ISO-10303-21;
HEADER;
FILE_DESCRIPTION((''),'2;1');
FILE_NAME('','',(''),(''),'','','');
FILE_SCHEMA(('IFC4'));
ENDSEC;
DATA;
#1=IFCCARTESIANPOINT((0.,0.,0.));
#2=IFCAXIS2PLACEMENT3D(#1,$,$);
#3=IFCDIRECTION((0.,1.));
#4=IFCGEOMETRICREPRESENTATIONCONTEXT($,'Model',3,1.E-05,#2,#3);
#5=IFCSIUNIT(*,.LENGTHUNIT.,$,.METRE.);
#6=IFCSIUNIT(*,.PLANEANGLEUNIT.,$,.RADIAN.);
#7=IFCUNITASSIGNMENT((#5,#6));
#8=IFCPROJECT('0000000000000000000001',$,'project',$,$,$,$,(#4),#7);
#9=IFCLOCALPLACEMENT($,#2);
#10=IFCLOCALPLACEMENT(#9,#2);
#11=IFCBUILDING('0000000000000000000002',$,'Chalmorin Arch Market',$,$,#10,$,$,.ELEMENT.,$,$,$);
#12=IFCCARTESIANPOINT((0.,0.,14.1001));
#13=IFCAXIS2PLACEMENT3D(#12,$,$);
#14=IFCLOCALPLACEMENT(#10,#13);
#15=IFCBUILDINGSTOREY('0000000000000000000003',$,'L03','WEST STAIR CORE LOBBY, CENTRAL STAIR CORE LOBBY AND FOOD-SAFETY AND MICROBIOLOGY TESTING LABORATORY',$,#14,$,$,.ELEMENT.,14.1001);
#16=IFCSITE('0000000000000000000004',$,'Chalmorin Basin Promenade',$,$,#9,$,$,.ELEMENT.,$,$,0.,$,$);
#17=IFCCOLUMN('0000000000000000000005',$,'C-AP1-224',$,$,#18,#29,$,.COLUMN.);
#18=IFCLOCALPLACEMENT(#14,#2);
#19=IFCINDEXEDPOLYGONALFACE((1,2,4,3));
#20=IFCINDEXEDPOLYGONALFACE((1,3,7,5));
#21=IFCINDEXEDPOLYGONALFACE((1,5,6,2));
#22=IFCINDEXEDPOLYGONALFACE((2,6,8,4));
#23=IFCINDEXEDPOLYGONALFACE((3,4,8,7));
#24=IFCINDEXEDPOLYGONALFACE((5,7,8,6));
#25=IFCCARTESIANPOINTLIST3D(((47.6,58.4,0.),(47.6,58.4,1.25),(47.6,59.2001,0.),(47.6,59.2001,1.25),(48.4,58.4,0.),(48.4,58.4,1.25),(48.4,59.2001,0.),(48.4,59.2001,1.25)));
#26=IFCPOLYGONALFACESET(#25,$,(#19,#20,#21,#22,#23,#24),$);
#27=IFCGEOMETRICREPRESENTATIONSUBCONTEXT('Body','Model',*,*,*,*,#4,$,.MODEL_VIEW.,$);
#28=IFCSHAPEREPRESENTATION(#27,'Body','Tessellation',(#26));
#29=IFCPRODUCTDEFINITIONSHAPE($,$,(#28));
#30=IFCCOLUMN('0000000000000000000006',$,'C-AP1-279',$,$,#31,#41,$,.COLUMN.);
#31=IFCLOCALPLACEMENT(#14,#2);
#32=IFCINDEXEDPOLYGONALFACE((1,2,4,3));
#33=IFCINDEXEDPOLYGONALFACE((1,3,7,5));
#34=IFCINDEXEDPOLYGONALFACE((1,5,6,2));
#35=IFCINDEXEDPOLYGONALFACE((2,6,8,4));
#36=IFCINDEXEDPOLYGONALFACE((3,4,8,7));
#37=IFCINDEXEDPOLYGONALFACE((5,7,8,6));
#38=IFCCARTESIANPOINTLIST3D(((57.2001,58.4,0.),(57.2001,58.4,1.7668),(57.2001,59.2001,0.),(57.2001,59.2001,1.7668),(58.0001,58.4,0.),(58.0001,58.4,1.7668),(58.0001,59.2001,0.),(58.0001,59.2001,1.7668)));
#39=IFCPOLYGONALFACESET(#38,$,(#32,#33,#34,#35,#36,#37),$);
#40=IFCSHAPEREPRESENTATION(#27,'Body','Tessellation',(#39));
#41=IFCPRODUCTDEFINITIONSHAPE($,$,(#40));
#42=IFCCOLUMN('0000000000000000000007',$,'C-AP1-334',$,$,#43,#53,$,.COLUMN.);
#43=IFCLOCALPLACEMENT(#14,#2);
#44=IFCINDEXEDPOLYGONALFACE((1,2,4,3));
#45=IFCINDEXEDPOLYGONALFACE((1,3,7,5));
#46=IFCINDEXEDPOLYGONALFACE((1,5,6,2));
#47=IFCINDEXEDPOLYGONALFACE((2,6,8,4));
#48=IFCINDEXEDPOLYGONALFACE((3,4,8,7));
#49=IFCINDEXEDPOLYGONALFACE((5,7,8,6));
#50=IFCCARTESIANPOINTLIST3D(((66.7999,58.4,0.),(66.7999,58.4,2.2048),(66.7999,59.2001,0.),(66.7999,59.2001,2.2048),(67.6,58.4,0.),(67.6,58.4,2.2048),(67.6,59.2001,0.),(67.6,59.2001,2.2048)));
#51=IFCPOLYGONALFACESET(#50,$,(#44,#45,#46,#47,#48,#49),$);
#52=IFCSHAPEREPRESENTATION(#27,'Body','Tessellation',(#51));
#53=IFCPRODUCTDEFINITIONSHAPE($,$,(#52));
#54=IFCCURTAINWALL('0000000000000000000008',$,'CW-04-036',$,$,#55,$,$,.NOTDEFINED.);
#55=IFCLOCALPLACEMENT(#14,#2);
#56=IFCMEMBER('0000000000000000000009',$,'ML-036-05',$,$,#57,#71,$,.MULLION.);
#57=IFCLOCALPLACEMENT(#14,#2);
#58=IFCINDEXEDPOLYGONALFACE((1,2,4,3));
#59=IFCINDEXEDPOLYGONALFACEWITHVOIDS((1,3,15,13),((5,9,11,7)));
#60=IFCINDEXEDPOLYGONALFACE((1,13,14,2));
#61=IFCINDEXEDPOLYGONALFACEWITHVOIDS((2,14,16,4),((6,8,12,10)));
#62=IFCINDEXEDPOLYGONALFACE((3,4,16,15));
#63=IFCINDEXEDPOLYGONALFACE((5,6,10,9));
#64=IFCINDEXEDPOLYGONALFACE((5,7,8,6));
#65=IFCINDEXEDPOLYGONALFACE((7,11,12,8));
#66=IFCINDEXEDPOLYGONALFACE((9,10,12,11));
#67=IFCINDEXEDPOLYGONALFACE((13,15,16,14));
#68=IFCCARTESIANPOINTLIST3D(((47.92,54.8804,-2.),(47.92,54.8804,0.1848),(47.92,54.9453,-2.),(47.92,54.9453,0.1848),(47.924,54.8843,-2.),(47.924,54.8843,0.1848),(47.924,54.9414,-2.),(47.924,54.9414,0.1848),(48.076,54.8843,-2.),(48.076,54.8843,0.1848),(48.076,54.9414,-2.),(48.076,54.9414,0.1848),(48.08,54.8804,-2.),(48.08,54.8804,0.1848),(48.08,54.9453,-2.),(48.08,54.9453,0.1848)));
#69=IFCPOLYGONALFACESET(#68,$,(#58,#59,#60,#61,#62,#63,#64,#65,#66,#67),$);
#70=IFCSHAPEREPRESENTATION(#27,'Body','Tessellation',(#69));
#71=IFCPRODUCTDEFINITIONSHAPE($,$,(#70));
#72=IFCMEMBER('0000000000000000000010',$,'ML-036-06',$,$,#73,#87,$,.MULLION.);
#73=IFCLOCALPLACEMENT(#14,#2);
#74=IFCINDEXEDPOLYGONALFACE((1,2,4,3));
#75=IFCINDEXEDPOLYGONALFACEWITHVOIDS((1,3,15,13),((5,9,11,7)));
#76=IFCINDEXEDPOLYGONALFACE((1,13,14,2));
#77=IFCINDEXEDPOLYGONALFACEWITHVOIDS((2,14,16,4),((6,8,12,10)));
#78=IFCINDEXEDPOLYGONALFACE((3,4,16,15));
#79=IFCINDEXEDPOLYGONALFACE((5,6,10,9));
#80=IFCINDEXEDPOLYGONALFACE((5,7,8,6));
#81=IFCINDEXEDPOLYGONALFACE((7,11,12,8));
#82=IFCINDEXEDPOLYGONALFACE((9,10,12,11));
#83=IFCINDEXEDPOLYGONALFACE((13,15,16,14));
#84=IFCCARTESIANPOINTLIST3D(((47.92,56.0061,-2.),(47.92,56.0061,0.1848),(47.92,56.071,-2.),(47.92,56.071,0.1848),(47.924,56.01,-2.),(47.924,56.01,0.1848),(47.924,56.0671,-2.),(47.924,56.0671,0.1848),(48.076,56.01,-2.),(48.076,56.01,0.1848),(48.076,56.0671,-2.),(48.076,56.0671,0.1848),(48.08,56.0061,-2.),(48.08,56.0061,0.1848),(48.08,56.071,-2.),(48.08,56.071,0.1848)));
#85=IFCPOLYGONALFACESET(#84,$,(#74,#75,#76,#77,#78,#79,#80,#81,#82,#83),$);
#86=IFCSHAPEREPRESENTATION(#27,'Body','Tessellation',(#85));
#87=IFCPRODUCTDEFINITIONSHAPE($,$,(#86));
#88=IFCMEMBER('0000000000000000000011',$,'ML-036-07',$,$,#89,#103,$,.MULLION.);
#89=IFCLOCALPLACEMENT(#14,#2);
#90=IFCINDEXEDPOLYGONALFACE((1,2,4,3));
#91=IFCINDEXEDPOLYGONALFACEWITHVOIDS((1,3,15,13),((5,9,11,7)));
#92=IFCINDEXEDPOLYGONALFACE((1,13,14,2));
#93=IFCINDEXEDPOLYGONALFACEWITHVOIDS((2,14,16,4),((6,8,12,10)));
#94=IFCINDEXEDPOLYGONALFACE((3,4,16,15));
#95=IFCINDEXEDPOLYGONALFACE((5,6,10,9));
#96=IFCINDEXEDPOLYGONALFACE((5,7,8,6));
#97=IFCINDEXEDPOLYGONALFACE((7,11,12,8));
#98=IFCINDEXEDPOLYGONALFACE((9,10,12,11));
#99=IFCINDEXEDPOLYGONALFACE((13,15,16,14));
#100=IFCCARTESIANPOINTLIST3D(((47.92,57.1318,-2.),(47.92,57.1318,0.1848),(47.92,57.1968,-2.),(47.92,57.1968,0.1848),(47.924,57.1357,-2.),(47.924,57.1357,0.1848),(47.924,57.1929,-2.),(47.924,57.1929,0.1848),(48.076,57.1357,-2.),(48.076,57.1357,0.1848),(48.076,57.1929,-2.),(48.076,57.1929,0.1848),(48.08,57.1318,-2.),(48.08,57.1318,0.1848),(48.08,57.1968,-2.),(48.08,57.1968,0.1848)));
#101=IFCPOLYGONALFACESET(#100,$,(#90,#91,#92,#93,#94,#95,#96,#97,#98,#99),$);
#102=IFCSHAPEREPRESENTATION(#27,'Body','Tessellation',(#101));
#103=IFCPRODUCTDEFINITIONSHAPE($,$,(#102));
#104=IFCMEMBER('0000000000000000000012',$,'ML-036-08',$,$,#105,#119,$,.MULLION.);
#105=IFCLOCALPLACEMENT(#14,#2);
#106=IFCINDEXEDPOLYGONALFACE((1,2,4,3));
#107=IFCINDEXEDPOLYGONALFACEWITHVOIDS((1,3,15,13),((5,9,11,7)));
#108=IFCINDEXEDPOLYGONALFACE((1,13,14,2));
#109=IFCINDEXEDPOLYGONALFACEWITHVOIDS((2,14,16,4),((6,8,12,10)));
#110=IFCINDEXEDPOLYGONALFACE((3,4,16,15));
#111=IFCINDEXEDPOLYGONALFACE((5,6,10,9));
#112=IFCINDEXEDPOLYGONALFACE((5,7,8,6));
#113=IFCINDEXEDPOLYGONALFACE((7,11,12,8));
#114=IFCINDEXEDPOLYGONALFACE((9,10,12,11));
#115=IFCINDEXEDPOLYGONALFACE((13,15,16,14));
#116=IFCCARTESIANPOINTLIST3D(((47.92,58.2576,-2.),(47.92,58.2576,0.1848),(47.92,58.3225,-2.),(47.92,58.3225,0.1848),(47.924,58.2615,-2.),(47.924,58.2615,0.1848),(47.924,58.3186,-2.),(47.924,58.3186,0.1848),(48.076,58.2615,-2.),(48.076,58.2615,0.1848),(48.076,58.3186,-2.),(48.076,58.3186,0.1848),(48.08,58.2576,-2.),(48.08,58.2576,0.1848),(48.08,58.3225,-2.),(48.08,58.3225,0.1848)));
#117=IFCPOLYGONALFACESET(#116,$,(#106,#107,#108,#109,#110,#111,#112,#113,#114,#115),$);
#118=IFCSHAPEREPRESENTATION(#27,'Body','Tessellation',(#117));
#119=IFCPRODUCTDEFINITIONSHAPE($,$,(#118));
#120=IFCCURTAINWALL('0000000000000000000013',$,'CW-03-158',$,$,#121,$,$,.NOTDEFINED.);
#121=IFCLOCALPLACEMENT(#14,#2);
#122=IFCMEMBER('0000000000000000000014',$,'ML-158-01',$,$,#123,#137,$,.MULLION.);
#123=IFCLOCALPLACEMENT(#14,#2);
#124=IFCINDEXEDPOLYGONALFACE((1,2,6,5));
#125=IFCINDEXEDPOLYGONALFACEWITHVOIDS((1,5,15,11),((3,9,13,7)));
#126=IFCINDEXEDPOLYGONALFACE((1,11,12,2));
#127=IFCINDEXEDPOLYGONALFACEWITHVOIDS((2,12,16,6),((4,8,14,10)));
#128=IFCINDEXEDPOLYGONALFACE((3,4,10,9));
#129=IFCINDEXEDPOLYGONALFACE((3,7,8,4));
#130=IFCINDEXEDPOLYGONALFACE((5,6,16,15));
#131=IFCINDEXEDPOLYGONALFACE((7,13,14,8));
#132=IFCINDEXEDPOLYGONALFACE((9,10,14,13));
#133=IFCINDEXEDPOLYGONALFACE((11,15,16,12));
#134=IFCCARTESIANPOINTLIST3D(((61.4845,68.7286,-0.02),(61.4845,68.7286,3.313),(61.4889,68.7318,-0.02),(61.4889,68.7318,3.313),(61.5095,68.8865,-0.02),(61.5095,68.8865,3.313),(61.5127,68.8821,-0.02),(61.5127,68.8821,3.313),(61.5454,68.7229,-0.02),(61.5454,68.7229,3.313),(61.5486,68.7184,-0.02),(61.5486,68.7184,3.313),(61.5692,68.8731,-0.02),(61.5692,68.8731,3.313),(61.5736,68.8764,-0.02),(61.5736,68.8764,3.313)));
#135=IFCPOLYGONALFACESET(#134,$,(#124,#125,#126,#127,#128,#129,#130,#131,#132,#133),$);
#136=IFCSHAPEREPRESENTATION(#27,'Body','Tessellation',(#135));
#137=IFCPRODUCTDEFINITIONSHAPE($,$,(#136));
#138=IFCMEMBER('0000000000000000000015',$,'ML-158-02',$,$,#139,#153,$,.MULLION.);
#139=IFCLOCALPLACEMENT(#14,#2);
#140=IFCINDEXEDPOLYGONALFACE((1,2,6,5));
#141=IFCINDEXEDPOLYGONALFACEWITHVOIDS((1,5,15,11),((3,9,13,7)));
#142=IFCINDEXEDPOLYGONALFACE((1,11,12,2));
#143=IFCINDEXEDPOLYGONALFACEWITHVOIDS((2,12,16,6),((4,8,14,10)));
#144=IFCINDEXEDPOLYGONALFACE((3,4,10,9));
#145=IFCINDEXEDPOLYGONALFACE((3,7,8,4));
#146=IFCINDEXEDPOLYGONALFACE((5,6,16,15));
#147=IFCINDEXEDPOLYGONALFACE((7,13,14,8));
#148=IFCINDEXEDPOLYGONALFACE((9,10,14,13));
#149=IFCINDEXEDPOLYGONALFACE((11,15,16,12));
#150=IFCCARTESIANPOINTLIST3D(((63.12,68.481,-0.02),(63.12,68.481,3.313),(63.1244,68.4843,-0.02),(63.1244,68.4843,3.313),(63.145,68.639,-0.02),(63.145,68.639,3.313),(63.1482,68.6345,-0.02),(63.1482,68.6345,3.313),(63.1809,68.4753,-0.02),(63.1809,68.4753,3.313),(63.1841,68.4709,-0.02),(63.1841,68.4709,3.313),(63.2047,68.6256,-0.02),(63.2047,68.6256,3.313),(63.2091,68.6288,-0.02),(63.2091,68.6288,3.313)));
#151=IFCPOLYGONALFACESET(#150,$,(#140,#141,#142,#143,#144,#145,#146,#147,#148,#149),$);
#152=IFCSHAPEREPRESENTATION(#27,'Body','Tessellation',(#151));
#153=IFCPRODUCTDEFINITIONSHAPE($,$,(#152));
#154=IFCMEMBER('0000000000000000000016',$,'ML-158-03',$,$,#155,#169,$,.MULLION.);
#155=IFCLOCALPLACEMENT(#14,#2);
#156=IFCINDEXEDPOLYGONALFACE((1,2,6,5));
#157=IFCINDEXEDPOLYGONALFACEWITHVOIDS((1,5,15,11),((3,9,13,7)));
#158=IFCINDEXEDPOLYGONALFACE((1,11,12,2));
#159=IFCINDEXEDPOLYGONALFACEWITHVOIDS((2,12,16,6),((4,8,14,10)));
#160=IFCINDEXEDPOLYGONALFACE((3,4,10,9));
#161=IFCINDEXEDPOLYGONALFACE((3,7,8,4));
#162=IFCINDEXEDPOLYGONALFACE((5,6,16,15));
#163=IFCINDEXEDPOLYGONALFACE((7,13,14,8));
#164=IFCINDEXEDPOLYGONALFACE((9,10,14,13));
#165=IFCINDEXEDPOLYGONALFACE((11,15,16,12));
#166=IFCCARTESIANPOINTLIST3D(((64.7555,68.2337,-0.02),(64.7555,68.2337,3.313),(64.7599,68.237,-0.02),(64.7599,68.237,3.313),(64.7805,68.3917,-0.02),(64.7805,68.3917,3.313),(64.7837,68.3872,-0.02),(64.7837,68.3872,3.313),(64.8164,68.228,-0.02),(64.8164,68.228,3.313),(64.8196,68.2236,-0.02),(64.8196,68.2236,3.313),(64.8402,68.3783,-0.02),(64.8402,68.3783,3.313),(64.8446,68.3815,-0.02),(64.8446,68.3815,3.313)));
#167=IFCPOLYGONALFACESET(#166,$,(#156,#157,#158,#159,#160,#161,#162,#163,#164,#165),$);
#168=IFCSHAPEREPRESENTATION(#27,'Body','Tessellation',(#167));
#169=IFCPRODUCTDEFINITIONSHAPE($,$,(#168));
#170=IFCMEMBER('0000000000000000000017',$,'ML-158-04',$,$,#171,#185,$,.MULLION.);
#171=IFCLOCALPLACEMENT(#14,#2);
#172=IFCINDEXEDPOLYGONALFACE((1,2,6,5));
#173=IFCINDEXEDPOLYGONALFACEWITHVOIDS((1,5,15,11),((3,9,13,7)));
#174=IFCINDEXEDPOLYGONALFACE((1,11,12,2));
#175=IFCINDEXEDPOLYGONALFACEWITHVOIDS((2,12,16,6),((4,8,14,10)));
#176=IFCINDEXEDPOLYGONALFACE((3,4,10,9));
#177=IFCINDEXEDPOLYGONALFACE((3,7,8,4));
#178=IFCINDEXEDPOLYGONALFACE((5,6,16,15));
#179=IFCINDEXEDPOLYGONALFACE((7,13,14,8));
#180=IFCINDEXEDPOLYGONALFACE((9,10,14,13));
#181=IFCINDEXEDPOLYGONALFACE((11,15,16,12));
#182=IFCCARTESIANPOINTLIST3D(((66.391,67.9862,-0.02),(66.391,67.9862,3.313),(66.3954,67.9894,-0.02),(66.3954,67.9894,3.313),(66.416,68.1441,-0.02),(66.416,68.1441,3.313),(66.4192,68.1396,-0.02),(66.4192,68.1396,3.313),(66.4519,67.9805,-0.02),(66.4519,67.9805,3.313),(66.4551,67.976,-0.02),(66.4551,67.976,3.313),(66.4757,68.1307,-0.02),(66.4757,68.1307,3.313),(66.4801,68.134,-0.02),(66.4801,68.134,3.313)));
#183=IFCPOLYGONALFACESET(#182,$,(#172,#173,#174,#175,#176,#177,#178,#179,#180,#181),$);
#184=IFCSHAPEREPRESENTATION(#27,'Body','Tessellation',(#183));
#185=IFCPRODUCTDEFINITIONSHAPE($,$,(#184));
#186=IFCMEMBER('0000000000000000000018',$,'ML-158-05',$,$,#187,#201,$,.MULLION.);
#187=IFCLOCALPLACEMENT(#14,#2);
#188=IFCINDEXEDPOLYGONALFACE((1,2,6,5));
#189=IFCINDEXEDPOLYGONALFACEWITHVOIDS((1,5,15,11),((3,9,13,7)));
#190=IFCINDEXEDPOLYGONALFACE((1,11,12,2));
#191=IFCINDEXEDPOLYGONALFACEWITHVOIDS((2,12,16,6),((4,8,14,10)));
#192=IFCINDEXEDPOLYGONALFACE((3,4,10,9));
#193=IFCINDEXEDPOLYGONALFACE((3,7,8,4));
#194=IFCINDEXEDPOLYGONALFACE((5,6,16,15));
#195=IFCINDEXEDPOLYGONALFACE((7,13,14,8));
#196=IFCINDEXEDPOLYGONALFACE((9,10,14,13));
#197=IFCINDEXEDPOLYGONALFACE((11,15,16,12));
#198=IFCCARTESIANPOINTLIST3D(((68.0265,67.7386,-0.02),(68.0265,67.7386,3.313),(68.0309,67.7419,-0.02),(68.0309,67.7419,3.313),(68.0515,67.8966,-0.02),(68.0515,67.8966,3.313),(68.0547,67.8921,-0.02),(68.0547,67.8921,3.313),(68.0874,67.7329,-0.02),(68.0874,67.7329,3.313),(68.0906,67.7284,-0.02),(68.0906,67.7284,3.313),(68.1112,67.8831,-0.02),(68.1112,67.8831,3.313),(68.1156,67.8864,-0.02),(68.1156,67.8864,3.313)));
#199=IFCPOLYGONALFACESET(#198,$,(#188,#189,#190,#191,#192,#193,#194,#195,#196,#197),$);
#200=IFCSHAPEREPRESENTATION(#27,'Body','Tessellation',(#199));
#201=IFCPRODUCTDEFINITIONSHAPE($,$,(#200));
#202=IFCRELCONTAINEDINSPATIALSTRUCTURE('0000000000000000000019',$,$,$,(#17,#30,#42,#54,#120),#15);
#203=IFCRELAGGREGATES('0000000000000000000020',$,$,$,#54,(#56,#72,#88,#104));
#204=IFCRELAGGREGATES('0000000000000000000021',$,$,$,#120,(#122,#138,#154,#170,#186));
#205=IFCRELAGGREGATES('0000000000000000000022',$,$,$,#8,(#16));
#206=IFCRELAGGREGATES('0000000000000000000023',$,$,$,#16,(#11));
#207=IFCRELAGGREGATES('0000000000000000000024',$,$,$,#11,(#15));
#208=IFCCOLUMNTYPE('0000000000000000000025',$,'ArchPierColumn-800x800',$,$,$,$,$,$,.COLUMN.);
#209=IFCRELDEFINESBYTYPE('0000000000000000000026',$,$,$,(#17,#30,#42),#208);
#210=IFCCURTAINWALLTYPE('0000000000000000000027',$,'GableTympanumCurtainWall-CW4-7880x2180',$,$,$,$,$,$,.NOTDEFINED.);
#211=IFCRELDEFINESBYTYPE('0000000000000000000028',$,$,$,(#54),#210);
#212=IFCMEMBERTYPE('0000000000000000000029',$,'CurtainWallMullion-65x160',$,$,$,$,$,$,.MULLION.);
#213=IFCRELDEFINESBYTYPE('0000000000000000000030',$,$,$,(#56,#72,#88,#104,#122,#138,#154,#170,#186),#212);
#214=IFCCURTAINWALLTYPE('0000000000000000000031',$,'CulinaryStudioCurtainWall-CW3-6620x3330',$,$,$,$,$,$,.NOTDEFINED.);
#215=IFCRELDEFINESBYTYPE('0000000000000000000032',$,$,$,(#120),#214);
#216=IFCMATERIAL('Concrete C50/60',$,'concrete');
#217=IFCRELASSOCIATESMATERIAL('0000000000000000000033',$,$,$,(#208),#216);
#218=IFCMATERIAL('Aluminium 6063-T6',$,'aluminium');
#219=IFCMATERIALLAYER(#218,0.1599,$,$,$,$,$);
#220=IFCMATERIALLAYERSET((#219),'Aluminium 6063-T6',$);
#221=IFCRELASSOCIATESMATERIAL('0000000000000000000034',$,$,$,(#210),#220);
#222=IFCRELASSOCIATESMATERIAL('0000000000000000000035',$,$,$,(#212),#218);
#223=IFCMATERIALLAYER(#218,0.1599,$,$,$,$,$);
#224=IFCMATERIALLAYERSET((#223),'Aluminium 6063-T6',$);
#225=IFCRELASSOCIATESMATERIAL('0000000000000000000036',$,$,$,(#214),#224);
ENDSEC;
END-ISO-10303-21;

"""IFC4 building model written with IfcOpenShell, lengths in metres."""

from ifc_helpers import new_model, si_unit, direction, frame, origin, origin_2d, place, context, subcontext, project, spatial, rectangle, hollow_rectangle, extrude, material, layer, layer_set, material_profile, profile_set, type_object, element, aggregate, save


model = new_model("IFC4")

# Units and contexts
model_context = context("Model", 3, precision=1e-05, world=origin(), true_north=direction((0.0, 1.0)))
body_context = subcontext(model_context, "Body", "Model", "MODEL_VIEW")
ifc_project = project(units=[si_unit("LENGTHUNIT", "METRE"), si_unit("PLANEANGLEUNIT", "RADIAN")], contexts=[model_context])

# Site, building, storey
site_placement = place(None, origin())
site = spatial("IfcSite", under=ifc_project, at=site_placement, Name="Chalmorin Basin Promenade", CompositionType="ELEMENT", RefElevation=0.0)
building_placement = place(site_placement, origin())
building = spatial("IfcBuilding", under=site, at=building_placement, Name="Chalmorin Arch Market", CompositionType="ELEMENT")
storey_placement = place(building_placement, frame((0.0, 0.0, 14.1001)))
storey = spatial("IfcBuildingStorey", under=building, at=storey_placement, Name="L03", Description="WEST STAIR CORE LOBBY, CENTRAL STAIR CORE LOBBY AND FOOD-SAFETY AND MICROBIOLOGY TESTING LABORATORY", CompositionType="ELEMENT", Elevation=14.1001)

# Columns
ifc_material_1 = material(Name="Concrete C50/60", Category="concrete")
ifc_material_profile_1 = material_profile(ifc_material_1, rectangle(XDim=0.8, YDim=0.8, at=origin_2d()), Name="RC800X800")
ifc_profile_set_1 = profile_set([ifc_material_profile_1], Name="Concrete C50/60")
column_type = type_object("IfcColumnType", Name="ArchPierColumn-800x800", PredefinedType="COLUMN", material=ifc_profile_set_1)
column_1_placement = place(storey_placement, frame((48.0, 58.8, 0.0), z_axis=(0.0, 0.0, 1.0), x_axis=(1.0, 0.0, 0.0)))
element("IfcColumn", 1, at=column_1_placement, inside=storey, type_object=column_type, Name="C-AP1-224", PredefinedType="COLUMN", context=body_context, shape_type="SweptSolid", body=[
    extrude(rectangle(XDim=0.8, YDim=0.8, at=origin_2d()), origin(), (0.0, 0.0, 1.0), 1.25),
])
column_2_placement = place(storey_placement, frame((57.6001, 58.8, 0.0), z_axis=(0.0, 0.0, 1.0), x_axis=(1.0, 0.0, 0.0)))
element("IfcColumn", 2, at=column_2_placement, inside=storey, type_object=column_type, Name="C-AP1-279", PredefinedType="COLUMN", context=body_context, shape_type="SweptSolid", body=[
    extrude(rectangle(XDim=0.8, YDim=0.8, at=origin_2d()), origin(), (0.0, 0.0, 1.0), 1.7668),
])
column_3_placement = place(storey_placement, frame((67.2, 58.8, 0.0), z_axis=(0.0, 0.0, 1.0), x_axis=(1.0, 0.0, 0.0)))
element("IfcColumn", 3, at=column_3_placement, inside=storey, type_object=column_type, Name="C-AP1-334", PredefinedType="COLUMN", context=body_context, shape_type="SweptSolid", body=[
    extrude(rectangle(XDim=0.8, YDim=0.8, at=origin_2d()), origin(), (0.0, 0.0, 1.0), 2.2048),
])

# Curtain walls, members
ifc_material_2 = material(Name="Aluminium 6063-T6", Category="aluminium")
ifc_layer_1 = layer(ifc_material_2, 0.1599)
ifc_layer_set_1 = layer_set([ifc_layer_1], Name="Aluminium 6063-T6")
curtain_wall_type_1 = type_object("IfcCurtainWallType", Name="GableTympanumCurtainWall-CW4-7880x2180", PredefinedType="NOTDEFINED", material=ifc_layer_set_1)
curtain_wall_1_placement = place(storey_placement, origin())
curtain_wall_1 = element("IfcCurtainWall", 4, at=curtain_wall_1_placement, inside=storey, type_object=curtain_wall_type_1, Name="CW-04-036", PredefinedType="NOTDEFINED")
ifc_material_profile_2 = material_profile(ifc_material_2, hollow_rectangle(XDim=0.0649, YDim=0.1599, WallThickness=0.0039, at=origin_2d()), Name="ALU65X160X4")
ifc_profile_set_2 = profile_set([ifc_material_profile_2], Name="Aluminium 6063-T6")
member_type_1 = type_object("IfcMemberType", Name="CurtainWallMullion-65x160", PredefinedType="MULLION", material=ifc_profile_set_2)
member_1_placement = place(storey_placement, frame((48.0, 54.9128, -2.0), z_axis=(0.0, 0.0, 1.0), x_axis=(0.0, 1.0, 0.0)))
member_1 = element("IfcMember", 5, at=member_1_placement, type_object=member_type_1, Name="ML-036-05", PredefinedType="MULLION", context=body_context, shape_type="SweptSolid", body=[
    extrude(hollow_rectangle(XDim=0.0649, YDim=0.1599, WallThickness=0.0039, at=origin_2d()), origin(), (0.0, 0.0, 1.0), 2.1848),
])
member_2_placement = place(storey_placement, frame((48.0, 56.0386, -2.0), z_axis=(0.0, 0.0, 1.0), x_axis=(0.0, 1.0, 0.0)))
member_2 = element("IfcMember", 6, at=member_2_placement, type_object=member_type_1, Name="ML-036-06", PredefinedType="MULLION", context=body_context, shape_type="SweptSolid", body=[
    extrude(hollow_rectangle(XDim=0.0649, YDim=0.1599, WallThickness=0.0039, at=origin_2d()), origin(), (0.0, 0.0, 1.0), 2.1848),
])
member_3_placement = place(storey_placement, frame((48.0, 57.1643, -2.0), z_axis=(0.0, 0.0, 1.0), x_axis=(0.0, 1.0, 0.0)))
member_3 = element("IfcMember", 7, at=member_3_placement, type_object=member_type_1, Name="ML-036-07", PredefinedType="MULLION", context=body_context, shape_type="SweptSolid", body=[
    extrude(hollow_rectangle(XDim=0.0649, YDim=0.1599, WallThickness=0.0039, at=origin_2d()), origin(), (0.0, 0.0, 1.0), 2.1848),
])
member_4_placement = place(storey_placement, frame((48.0, 58.29, -2.0), z_axis=(0.0, 0.0, 1.0), x_axis=(0.0, 1.0, 0.0)))
member_4 = element("IfcMember", 8, at=member_4_placement, type_object=member_type_1, Name="ML-036-08", PredefinedType="MULLION", context=body_context, shape_type="SweptSolid", body=[
    extrude(hollow_rectangle(XDim=0.0649, YDim=0.1599, WallThickness=0.0039, at=origin_2d()), origin(), (0.0, 0.0, 1.0), 2.1848),
])
ifc_layer_2 = layer(ifc_material_2, 0.1599)
ifc_layer_set_2 = layer_set([ifc_layer_2], Name="Aluminium 6063-T6")
curtain_wall_type_2 = type_object("IfcCurtainWallType", Name="CulinaryStudioCurtainWall-CW3-6620x3330", PredefinedType="NOTDEFINED", material=ifc_layer_set_2)
curtain_wall_2_placement = place(storey_placement, origin())
curtain_wall_2 = element("IfcCurtainWall", 9, at=curtain_wall_2_placement, inside=storey, type_object=curtain_wall_type_2, Name="CW-03-158", PredefinedType="NOTDEFINED")
member_5_placement = place(storey_placement, frame((61.5291, 68.8025, -0.02), z_axis=(0.0, 0.0, 1.0), x_axis=(0.987688, -0.156434, 0.0)))
member_5 = element("IfcMember", 10, at=member_5_placement, type_object=member_type_1, Name="ML-158-01", PredefinedType="MULLION", context=body_context, shape_type="SweptSolid", body=[
    extrude(hollow_rectangle(XDim=0.0649, YDim=0.1599, WallThickness=0.0039, at=origin_2d()), origin(), (0.0, 0.0, 1.0), 3.333),
])
member_6_placement = place(storey_placement, frame((63.1646, 68.5549, -0.02), z_axis=(0.0, 0.0, 1.0), x_axis=(0.987688, -0.156434, 0.0)))
member_6 = element("IfcMember", 11, at=member_6_placement, type_object=member_type_1, Name="ML-158-02", PredefinedType="MULLION", context=body_context, shape_type="SweptSolid", body=[
    extrude(hollow_rectangle(XDim=0.0649, YDim=0.1599, WallThickness=0.0039, at=origin_2d()), origin(), (0.0, 0.0, 1.0), 3.333),
])
member_7_placement = place(storey_placement, frame((64.8, 68.3076, -0.02), z_axis=(0.0, 0.0, 1.0), x_axis=(0.987688, -0.156434, 0.0)))
member_7 = element("IfcMember", 12, at=member_7_placement, type_object=member_type_1, Name="ML-158-03", PredefinedType="MULLION", context=body_context, shape_type="SweptSolid", body=[
    extrude(hollow_rectangle(XDim=0.0649, YDim=0.1599, WallThickness=0.0039, at=origin_2d()), origin(), (0.0, 0.0, 1.0), 3.333),
])
member_8_placement = place(storey_placement, frame((66.4355, 68.0601, -0.02), z_axis=(0.0, 0.0, 1.0), x_axis=(0.987688, -0.156434, 0.0)))
member_8 = element("IfcMember", 13, at=member_8_placement, type_object=member_type_1, Name="ML-158-04", PredefinedType="MULLION", context=body_context, shape_type="SweptSolid", body=[
    extrude(hollow_rectangle(XDim=0.0649, YDim=0.1599, WallThickness=0.0039, at=origin_2d()), origin(), (0.0, 0.0, 1.0), 3.333),
])
member_9_placement = place(storey_placement, frame((68.071, 67.8125, -0.02), z_axis=(0.0, 0.0, 1.0), x_axis=(0.987688, -0.156434, 0.0)))
member_9 = element("IfcMember", 14, at=member_9_placement, type_object=member_type_1, Name="ML-158-05", PredefinedType="MULLION", context=body_context, shape_type="SweptSolid", body=[
    extrude(hollow_rectangle(XDim=0.0649, YDim=0.1599, WallThickness=0.0039, at=origin_2d()), origin(), (0.0, 0.0, 1.0), 3.333),
])

aggregate(curtain_wall_1, [member_1, member_2, member_3, member_4])
aggregate(curtain_wall_2, [member_5, member_6, member_7, member_8, member_9])

save(model, "model.ifc")
